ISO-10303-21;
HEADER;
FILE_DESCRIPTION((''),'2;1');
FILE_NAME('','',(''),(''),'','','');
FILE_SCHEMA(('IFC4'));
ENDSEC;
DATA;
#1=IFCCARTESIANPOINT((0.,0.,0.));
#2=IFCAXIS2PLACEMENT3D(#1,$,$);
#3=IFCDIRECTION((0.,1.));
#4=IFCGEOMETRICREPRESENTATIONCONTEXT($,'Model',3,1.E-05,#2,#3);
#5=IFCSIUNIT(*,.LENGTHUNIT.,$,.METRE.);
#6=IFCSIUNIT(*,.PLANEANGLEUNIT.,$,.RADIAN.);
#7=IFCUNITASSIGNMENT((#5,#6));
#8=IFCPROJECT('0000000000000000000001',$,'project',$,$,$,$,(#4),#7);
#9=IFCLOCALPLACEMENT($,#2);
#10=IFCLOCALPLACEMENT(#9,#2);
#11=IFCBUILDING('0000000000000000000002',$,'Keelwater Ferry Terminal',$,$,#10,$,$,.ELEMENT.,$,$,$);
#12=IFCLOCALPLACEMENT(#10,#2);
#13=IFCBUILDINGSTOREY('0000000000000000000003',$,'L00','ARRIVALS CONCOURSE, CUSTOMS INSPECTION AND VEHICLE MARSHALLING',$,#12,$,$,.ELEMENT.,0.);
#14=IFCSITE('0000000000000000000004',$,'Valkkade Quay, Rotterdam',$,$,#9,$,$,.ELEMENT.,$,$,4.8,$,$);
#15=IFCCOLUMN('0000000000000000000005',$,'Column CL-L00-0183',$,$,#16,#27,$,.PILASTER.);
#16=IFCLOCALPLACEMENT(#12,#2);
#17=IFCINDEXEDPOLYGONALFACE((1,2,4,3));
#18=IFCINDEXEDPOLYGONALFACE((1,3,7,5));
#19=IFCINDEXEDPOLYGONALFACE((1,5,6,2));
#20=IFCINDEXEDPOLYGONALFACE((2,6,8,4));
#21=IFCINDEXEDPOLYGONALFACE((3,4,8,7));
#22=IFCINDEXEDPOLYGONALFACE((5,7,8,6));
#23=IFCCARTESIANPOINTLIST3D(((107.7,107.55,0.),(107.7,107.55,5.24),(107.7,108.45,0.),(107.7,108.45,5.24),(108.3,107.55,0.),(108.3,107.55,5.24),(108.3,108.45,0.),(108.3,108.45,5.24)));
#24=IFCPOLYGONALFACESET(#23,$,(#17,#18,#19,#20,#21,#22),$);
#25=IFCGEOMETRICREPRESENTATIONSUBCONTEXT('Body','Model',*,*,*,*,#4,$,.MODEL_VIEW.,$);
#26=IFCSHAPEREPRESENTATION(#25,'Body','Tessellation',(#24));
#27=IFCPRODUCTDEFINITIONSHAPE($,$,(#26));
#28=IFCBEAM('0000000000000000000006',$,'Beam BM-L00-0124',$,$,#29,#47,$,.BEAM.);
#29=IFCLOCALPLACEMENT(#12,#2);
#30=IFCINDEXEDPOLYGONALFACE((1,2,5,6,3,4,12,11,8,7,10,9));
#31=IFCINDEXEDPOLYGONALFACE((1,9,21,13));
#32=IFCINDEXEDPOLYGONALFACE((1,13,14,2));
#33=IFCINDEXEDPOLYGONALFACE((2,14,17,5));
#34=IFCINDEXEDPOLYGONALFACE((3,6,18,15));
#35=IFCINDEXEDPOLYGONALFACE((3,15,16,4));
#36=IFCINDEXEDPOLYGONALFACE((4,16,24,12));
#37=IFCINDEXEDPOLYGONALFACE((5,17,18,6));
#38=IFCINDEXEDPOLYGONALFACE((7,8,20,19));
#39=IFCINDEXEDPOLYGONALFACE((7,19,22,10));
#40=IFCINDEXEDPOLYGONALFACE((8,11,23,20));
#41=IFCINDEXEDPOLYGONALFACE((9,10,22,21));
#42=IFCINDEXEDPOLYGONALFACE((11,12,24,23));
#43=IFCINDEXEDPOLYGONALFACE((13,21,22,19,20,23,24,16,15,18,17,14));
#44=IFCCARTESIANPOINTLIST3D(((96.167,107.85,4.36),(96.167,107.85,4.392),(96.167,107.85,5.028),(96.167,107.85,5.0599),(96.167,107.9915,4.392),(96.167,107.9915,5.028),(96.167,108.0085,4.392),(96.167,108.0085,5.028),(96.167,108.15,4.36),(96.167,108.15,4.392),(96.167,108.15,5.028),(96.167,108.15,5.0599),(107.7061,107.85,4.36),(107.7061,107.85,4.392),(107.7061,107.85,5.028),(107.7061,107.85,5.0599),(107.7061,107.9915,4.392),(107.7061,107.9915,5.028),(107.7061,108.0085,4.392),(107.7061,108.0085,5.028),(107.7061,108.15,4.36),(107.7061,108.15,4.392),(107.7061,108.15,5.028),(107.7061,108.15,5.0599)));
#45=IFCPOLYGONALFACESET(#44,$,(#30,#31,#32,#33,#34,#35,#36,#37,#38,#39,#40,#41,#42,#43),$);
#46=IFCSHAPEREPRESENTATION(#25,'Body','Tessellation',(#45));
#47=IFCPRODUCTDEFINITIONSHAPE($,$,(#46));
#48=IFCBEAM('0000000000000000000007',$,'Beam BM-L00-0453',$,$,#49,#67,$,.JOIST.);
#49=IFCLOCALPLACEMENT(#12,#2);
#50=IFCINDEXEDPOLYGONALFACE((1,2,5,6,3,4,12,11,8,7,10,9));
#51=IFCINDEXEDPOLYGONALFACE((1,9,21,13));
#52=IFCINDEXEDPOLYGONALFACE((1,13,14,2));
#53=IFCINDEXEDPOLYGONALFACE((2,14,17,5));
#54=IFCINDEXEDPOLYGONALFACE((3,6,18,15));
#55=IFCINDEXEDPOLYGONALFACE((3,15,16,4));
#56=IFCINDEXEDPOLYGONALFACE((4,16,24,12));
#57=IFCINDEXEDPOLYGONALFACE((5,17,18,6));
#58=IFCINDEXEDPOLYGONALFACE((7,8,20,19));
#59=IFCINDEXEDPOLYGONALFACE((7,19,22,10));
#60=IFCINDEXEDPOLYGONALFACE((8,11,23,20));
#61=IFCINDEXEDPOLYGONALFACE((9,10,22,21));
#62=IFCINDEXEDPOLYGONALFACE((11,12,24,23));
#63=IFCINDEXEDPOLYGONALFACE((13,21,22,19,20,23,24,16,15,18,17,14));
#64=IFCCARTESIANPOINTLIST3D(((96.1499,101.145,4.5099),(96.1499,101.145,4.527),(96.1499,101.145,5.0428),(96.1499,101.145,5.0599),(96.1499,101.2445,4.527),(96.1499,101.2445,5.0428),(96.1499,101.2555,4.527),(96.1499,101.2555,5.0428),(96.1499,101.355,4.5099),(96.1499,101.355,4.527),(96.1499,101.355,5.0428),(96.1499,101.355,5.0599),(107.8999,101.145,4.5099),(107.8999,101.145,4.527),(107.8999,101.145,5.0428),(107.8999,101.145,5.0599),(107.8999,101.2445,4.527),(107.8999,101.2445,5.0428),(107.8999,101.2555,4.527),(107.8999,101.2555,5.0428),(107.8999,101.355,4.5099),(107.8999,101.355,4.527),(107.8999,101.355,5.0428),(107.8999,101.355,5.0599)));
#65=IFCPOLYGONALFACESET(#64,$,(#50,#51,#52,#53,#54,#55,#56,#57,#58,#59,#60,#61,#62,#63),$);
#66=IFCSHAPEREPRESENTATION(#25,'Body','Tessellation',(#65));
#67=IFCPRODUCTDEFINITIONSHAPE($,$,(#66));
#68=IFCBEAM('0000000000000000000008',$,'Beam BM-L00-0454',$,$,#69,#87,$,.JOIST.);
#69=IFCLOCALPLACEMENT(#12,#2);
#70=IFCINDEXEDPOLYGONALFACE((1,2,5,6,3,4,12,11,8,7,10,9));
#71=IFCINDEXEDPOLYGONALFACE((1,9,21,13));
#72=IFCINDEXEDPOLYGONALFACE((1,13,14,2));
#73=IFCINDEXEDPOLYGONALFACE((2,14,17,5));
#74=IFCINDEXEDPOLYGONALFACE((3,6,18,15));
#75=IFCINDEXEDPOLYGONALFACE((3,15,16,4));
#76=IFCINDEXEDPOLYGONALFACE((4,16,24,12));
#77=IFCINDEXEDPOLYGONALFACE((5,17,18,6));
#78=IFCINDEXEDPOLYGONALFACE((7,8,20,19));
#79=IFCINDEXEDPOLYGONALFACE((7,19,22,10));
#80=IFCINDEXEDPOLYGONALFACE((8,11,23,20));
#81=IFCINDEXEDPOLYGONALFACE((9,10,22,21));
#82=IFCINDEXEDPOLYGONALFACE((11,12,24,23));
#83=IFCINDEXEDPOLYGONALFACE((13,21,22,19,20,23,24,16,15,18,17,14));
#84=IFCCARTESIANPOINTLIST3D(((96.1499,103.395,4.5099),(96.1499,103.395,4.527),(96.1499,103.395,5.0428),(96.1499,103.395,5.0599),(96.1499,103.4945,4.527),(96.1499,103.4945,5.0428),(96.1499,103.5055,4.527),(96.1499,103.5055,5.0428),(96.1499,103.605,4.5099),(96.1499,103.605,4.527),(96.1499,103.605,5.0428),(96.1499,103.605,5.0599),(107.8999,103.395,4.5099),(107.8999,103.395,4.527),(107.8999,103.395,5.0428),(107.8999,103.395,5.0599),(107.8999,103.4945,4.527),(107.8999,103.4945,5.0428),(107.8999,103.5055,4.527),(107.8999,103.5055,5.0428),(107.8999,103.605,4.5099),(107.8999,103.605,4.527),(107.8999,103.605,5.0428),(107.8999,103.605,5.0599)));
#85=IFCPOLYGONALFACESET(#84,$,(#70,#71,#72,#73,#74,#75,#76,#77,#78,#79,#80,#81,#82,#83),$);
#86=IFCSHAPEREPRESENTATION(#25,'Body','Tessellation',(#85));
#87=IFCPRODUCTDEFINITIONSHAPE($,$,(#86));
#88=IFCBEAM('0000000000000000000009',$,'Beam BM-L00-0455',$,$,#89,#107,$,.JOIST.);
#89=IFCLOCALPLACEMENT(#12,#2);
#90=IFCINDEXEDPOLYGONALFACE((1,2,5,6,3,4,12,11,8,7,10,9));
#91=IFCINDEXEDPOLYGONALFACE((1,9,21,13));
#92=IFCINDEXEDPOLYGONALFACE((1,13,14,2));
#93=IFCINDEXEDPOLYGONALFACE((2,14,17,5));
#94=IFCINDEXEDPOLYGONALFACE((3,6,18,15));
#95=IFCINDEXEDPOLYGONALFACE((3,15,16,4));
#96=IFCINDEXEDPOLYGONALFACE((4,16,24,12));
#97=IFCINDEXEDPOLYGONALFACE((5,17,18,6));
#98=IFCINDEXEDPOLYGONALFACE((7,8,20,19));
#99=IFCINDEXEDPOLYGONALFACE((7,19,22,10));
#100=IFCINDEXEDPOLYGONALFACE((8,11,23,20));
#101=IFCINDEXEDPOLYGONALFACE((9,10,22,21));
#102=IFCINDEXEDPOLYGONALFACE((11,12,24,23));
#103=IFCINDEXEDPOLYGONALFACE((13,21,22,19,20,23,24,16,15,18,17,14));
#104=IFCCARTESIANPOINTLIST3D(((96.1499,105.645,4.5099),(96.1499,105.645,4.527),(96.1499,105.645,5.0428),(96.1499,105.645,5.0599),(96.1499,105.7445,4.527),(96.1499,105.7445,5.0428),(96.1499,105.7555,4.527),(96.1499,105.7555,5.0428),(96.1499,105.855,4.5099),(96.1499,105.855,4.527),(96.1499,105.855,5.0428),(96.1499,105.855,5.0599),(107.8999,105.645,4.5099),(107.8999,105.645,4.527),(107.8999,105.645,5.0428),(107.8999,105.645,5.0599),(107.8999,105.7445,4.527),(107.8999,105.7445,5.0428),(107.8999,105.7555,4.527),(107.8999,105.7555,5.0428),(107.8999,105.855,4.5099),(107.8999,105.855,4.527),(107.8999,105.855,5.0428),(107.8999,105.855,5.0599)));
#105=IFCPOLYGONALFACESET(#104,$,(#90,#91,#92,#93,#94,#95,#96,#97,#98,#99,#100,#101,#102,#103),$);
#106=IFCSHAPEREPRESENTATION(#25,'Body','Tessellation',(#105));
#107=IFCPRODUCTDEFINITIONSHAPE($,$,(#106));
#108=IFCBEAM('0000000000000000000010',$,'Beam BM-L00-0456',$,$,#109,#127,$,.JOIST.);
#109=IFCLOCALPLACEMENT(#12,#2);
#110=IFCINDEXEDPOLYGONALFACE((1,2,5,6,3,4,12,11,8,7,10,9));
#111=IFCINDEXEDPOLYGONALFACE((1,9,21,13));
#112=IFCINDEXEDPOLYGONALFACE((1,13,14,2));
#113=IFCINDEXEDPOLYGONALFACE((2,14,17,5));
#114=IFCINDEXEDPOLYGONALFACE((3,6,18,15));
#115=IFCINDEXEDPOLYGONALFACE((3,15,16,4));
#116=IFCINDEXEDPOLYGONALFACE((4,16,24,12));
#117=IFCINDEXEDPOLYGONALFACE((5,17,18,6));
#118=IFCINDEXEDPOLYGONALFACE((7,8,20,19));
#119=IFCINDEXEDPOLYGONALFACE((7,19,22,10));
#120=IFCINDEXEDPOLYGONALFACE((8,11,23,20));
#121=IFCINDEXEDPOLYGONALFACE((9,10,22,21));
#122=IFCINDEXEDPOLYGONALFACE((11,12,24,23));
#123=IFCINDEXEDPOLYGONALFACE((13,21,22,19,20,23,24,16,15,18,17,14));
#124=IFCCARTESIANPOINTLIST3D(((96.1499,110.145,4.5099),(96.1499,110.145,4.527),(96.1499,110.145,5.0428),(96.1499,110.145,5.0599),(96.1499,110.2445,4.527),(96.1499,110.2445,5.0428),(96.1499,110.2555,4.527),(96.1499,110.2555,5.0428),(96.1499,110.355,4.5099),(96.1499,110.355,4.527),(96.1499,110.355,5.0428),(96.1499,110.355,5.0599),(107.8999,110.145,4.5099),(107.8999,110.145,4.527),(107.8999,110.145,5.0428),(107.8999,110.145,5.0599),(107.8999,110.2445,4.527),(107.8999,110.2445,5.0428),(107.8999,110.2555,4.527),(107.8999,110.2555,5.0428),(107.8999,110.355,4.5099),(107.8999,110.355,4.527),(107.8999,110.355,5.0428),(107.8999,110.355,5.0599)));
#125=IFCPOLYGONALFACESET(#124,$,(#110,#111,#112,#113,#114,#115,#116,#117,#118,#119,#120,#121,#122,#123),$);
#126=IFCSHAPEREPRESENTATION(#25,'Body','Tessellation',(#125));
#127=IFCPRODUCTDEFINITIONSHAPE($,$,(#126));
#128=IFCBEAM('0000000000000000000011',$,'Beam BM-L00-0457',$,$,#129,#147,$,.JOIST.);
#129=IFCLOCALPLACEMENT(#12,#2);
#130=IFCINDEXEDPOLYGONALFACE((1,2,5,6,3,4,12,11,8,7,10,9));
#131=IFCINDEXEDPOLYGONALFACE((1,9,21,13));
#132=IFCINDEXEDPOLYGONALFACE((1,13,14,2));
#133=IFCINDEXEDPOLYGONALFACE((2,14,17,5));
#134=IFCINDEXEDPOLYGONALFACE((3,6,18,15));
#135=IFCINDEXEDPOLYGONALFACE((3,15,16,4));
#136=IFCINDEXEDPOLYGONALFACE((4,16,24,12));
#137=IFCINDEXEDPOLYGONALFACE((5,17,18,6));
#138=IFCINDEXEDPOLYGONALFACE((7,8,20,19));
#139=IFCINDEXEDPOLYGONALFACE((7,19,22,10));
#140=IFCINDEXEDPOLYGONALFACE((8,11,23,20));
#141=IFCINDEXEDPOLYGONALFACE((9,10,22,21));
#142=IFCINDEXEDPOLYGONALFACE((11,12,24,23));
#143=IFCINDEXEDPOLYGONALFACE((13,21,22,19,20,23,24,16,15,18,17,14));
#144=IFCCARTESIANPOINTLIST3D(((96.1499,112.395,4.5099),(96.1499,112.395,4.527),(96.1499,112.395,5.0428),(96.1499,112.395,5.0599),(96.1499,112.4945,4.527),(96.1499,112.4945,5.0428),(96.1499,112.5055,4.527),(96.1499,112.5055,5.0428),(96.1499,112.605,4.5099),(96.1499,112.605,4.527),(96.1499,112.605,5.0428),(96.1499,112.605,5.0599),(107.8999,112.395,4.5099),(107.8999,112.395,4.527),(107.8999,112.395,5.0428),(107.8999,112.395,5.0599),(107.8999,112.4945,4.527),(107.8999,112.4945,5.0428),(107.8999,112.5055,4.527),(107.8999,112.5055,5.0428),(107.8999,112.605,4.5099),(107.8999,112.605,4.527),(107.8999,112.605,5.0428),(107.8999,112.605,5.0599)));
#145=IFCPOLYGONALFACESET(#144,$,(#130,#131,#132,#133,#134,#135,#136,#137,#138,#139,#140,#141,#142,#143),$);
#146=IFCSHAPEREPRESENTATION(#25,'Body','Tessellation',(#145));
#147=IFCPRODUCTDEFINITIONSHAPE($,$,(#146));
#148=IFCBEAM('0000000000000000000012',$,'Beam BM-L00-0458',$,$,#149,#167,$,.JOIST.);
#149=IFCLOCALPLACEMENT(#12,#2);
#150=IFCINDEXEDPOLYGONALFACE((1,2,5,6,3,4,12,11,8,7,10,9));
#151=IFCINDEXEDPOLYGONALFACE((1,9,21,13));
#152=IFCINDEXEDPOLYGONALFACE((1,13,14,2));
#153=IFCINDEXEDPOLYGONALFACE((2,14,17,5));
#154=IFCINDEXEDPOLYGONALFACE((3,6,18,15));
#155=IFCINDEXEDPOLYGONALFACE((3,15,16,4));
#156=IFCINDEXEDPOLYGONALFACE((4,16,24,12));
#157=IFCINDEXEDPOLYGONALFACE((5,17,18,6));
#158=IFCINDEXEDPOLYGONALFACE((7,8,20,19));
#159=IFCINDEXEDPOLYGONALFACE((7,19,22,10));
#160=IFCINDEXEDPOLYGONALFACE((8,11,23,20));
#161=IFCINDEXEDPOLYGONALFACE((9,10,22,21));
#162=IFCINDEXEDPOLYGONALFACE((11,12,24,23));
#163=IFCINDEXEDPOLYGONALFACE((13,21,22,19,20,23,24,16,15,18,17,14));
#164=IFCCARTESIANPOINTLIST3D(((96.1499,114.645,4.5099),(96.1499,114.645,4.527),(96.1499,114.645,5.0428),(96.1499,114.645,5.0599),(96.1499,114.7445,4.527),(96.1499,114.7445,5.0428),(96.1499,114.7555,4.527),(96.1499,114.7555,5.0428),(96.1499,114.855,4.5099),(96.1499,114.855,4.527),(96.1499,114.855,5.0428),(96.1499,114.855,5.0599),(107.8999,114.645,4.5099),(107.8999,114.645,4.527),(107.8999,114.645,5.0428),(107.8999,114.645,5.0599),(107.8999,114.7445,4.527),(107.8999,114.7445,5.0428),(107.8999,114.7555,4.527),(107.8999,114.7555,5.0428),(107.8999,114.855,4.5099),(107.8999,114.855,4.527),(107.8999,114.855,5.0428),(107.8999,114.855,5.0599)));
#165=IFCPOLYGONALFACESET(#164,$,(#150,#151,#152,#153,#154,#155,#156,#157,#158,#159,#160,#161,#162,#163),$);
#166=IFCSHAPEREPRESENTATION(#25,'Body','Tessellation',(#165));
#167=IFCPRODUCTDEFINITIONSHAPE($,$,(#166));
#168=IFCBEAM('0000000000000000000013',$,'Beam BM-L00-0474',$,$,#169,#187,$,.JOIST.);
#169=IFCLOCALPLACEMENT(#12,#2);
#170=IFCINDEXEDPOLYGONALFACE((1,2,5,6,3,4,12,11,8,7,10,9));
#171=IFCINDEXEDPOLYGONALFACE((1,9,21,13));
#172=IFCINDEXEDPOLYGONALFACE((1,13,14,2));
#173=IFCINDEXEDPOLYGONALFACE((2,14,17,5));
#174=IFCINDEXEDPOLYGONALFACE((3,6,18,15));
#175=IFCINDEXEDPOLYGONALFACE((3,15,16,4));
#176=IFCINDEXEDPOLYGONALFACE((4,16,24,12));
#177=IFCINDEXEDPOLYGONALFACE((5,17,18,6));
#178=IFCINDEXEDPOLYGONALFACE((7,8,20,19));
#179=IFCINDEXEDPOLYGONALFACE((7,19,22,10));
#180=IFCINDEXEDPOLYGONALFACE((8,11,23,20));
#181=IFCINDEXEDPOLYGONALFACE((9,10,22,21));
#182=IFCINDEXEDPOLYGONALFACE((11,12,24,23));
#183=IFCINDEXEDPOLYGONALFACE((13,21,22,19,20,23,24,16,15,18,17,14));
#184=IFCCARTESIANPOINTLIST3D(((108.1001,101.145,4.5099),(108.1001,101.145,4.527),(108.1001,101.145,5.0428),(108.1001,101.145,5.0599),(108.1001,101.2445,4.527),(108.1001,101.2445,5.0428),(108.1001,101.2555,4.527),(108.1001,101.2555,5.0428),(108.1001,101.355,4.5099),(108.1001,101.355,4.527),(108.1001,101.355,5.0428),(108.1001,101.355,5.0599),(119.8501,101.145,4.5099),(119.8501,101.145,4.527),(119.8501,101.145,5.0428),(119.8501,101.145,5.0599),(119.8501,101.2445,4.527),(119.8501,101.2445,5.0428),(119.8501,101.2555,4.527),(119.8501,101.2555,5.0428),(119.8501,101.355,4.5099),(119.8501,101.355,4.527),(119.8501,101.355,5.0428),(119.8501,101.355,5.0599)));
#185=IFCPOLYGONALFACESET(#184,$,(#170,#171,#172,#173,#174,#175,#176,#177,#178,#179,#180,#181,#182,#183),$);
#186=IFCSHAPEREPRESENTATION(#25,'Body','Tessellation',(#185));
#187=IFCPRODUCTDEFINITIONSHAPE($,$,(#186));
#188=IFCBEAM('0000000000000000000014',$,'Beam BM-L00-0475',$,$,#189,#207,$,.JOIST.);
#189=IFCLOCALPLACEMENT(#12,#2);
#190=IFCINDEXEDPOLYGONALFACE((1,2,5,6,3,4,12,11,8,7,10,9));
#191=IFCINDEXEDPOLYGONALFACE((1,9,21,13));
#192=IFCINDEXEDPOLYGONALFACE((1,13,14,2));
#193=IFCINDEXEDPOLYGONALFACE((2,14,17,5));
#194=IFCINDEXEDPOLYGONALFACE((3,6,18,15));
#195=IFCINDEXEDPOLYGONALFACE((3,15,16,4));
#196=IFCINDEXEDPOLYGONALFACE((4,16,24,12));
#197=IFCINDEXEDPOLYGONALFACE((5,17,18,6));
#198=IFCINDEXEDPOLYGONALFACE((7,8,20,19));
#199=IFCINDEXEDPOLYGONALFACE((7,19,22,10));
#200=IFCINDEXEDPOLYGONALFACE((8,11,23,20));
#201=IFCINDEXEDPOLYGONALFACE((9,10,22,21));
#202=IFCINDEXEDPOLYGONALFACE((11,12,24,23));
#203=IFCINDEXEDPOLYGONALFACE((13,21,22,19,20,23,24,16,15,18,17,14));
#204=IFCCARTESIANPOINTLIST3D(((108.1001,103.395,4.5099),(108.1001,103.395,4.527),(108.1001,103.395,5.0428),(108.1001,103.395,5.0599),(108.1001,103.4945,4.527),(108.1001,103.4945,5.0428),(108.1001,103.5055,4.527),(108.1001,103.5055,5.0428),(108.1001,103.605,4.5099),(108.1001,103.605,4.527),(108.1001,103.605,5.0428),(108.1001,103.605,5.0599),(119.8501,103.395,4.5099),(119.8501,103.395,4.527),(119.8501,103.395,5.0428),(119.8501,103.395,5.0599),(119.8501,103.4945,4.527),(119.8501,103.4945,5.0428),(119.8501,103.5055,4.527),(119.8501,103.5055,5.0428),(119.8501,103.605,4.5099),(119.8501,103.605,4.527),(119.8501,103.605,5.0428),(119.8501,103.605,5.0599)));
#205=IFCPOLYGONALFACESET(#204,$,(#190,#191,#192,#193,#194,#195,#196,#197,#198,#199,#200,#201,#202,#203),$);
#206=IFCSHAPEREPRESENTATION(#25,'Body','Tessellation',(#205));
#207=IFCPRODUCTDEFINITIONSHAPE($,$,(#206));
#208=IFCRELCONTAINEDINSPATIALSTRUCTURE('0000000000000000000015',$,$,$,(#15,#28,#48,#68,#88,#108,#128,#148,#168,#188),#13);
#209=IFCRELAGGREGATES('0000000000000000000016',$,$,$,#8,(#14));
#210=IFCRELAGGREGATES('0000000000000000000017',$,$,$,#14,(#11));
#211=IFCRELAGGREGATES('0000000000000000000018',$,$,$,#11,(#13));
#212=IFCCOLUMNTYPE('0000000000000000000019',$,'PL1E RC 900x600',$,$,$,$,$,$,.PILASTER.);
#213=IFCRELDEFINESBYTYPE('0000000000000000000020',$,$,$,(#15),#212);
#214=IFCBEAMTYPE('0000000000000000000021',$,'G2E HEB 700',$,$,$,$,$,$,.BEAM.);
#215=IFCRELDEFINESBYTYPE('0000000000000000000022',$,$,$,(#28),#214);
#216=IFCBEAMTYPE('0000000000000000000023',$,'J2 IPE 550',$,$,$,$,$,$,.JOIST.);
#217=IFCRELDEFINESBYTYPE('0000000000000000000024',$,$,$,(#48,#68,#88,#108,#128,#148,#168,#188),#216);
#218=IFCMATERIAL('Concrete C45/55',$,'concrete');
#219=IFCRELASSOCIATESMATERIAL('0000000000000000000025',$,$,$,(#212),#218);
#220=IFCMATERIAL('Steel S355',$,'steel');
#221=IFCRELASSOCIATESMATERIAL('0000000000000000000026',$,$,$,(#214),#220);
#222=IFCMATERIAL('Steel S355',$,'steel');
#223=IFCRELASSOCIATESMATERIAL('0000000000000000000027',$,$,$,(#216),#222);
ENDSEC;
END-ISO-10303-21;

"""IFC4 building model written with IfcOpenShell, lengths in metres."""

from ifc_helpers import new_model, si_unit, direction, frame, origin, origin_2d, place, context, subcontext, project, spatial, rectangle, i_section, extrude, material, material_profile, profile_set, type_object, element, save


model = new_model("IFC4")

# Units and contexts
model_context = context("Model", 3, precision=1e-05, world=origin(), true_north=direction((0.0, 1.0)))
body_context = subcontext(model_context, "Body", "Model", "MODEL_VIEW")
ifc_project = project(units=[si_unit("LENGTHUNIT", "METRE"), si_unit("PLANEANGLEUNIT", "RADIAN")], contexts=[model_context])

# Site, building, storey
site_placement = place(None, origin())
site = spatial("IfcSite", under=ifc_project, at=site_placement, Name="Valkkade Quay, Rotterdam", CompositionType="ELEMENT", RefElevation=4.8)
building_placement = place(site_placement, origin())
building = spatial("IfcBuilding", under=site, at=building_placement, Name="Keelwater Ferry Terminal", CompositionType="ELEMENT")
storey_placement = place(building_placement, origin())
storey = spatial("IfcBuildingStorey", under=building, at=storey_placement, Name="L00", Description="ARRIVALS CONCOURSE, CUSTOMS INSPECTION AND VEHICLE MARSHALLING", CompositionType="ELEMENT", Elevation=0.0)

# Column
ifc_material_1 = material(Name="Concrete C45/55", Category="concrete")
ifc_material_profile_1 = material_profile(ifc_material_1, rectangle(XDim=0.6001, YDim=0.8999, at=origin_2d()), Name="RC 900x600")
ifc_profile_set_1 = profile_set([ifc_material_profile_1], Name="Concrete C45/55")
column_type = type_object("IfcColumnType", Name="PL1E RC 900x600", PredefinedType="PILASTER", material=ifc_profile_set_1)
column_placement = place(storey_placement, frame((108.0, 108.0, 0.0), z_axis=(0.0, 0.0, 1.0), x_axis=(1.0, 0.0, 0.0)))
element("IfcColumn", 1, at=column_placement, inside=storey, type_object=column_type, Name="Column CL-L00-0183", PredefinedType="PILASTER", context=body_context, shape_type="SweptSolid", body=[
    extrude(rectangle(XDim=0.6001, YDim=0.8999, at=origin_2d()), origin(), (0.0, 0.0, 1.0), 5.24),
])

# Beams
ifc_material_2 = material(Name="Steel S355", Category="steel")
ifc_material_profile_2 = material_profile(ifc_material_2, i_section(OverallWidth=0.3, OverallDepth=0.7, WebThickness=0.0171, FlangeThickness=0.032, at=origin_2d()), Name="HEB 700")
ifc_profile_set_2 = profile_set([ifc_material_profile_2], Name="Steel S355")
beam_type_1 = type_object("IfcBeamType", Name="G2E HEB 700", PredefinedType="BEAM", material=ifc_profile_set_2)
beam_placement = place(storey_placement, frame((96.167, 108.0, 4.71), z_axis=(1.0, 0.0, 0.0), x_axis=(0.0, 1.0, 0.0)))
element("IfcBeam", 2, at=beam_placement, inside=storey, type_object=beam_type_1, Name="Beam BM-L00-0124", PredefinedType="BEAM", context=body_context, shape_type="SweptSolid", body=[
    extrude(i_section(OverallWidth=0.3, OverallDepth=0.7, WebThickness=0.0171, FlangeThickness=0.032, at=origin_2d()), origin(), (0.0, 0.0, 1.0), 11.5391),
])
ifc_material_3 = material(Name="Steel S355", Category="steel")
ifc_material_profile_3 = material_profile(ifc_material_3, i_section(OverallWidth=0.21, OverallDepth=0.55, WebThickness=0.011, FlangeThickness=0.0171, at=origin_2d()), Name="IPE 550")
ifc_profile_set_3 = profile_set([ifc_material_profile_3], Name="Steel S355")
beam_type_2 = type_object("IfcBeamType", Name="J2 IPE 550", PredefinedType="JOIST", material=ifc_profile_set_3)
for number, where, z_axis, x_axis, name in (
    (3, (96.1499, 101.25, 4.7849), (1.0, 0.0, 0.0), (0.0, 1.0, 0.0), "Beam BM-L00-0453"),
    (4, (96.1499, 103.5, 4.7849), (1.0, 0.0, 0.0), (0.0, 1.0, 0.0), "Beam BM-L00-0454"),
    (5, (96.1499, 105.75, 4.7849), (1.0, 0.0, 0.0), (0.0, 1.0, 0.0), "Beam BM-L00-0455"),
    (6, (96.1499, 110.25, 4.7849), (1.0, 0.0, 0.0), (0.0, 1.0, 0.0), "Beam BM-L00-0456"),
    (7, (96.1499, 112.5, 4.7849), (1.0, 0.0, 0.0), (0.0, 1.0, 0.0), "Beam BM-L00-0457"),
    (8, (96.1499, 114.75, 4.7849), (1.0, 0.0, 0.0), (0.0, 1.0, 0.0), "Beam BM-L00-0458"),
    (9, (108.1001, 101.25, 4.7849), (1.0, 0.0, 0.0), (0.0, 1.0, 0.0), "Beam BM-L00-0474"),
    (10, (108.1001, 103.5, 4.7849), (1.0, 0.0, 0.0), (0.0, 1.0, 0.0), "Beam BM-L00-0475"),
):
    element("IfcBeam", number, at=place(storey_placement, frame(where, z_axis=z_axis, x_axis=x_axis)), inside=storey, type_object=beam_type_2, Name=name, PredefinedType="JOIST", context=body_context, shape_type="SweptSolid", body=[
        extrude(i_section(OverallWidth=0.21, OverallDepth=0.55, WebThickness=0.011, FlangeThickness=0.0171, at=origin_2d()), origin(), (0.0, 0.0, 1.0), 11.75),
    ])

save(model, "model.ifc")
